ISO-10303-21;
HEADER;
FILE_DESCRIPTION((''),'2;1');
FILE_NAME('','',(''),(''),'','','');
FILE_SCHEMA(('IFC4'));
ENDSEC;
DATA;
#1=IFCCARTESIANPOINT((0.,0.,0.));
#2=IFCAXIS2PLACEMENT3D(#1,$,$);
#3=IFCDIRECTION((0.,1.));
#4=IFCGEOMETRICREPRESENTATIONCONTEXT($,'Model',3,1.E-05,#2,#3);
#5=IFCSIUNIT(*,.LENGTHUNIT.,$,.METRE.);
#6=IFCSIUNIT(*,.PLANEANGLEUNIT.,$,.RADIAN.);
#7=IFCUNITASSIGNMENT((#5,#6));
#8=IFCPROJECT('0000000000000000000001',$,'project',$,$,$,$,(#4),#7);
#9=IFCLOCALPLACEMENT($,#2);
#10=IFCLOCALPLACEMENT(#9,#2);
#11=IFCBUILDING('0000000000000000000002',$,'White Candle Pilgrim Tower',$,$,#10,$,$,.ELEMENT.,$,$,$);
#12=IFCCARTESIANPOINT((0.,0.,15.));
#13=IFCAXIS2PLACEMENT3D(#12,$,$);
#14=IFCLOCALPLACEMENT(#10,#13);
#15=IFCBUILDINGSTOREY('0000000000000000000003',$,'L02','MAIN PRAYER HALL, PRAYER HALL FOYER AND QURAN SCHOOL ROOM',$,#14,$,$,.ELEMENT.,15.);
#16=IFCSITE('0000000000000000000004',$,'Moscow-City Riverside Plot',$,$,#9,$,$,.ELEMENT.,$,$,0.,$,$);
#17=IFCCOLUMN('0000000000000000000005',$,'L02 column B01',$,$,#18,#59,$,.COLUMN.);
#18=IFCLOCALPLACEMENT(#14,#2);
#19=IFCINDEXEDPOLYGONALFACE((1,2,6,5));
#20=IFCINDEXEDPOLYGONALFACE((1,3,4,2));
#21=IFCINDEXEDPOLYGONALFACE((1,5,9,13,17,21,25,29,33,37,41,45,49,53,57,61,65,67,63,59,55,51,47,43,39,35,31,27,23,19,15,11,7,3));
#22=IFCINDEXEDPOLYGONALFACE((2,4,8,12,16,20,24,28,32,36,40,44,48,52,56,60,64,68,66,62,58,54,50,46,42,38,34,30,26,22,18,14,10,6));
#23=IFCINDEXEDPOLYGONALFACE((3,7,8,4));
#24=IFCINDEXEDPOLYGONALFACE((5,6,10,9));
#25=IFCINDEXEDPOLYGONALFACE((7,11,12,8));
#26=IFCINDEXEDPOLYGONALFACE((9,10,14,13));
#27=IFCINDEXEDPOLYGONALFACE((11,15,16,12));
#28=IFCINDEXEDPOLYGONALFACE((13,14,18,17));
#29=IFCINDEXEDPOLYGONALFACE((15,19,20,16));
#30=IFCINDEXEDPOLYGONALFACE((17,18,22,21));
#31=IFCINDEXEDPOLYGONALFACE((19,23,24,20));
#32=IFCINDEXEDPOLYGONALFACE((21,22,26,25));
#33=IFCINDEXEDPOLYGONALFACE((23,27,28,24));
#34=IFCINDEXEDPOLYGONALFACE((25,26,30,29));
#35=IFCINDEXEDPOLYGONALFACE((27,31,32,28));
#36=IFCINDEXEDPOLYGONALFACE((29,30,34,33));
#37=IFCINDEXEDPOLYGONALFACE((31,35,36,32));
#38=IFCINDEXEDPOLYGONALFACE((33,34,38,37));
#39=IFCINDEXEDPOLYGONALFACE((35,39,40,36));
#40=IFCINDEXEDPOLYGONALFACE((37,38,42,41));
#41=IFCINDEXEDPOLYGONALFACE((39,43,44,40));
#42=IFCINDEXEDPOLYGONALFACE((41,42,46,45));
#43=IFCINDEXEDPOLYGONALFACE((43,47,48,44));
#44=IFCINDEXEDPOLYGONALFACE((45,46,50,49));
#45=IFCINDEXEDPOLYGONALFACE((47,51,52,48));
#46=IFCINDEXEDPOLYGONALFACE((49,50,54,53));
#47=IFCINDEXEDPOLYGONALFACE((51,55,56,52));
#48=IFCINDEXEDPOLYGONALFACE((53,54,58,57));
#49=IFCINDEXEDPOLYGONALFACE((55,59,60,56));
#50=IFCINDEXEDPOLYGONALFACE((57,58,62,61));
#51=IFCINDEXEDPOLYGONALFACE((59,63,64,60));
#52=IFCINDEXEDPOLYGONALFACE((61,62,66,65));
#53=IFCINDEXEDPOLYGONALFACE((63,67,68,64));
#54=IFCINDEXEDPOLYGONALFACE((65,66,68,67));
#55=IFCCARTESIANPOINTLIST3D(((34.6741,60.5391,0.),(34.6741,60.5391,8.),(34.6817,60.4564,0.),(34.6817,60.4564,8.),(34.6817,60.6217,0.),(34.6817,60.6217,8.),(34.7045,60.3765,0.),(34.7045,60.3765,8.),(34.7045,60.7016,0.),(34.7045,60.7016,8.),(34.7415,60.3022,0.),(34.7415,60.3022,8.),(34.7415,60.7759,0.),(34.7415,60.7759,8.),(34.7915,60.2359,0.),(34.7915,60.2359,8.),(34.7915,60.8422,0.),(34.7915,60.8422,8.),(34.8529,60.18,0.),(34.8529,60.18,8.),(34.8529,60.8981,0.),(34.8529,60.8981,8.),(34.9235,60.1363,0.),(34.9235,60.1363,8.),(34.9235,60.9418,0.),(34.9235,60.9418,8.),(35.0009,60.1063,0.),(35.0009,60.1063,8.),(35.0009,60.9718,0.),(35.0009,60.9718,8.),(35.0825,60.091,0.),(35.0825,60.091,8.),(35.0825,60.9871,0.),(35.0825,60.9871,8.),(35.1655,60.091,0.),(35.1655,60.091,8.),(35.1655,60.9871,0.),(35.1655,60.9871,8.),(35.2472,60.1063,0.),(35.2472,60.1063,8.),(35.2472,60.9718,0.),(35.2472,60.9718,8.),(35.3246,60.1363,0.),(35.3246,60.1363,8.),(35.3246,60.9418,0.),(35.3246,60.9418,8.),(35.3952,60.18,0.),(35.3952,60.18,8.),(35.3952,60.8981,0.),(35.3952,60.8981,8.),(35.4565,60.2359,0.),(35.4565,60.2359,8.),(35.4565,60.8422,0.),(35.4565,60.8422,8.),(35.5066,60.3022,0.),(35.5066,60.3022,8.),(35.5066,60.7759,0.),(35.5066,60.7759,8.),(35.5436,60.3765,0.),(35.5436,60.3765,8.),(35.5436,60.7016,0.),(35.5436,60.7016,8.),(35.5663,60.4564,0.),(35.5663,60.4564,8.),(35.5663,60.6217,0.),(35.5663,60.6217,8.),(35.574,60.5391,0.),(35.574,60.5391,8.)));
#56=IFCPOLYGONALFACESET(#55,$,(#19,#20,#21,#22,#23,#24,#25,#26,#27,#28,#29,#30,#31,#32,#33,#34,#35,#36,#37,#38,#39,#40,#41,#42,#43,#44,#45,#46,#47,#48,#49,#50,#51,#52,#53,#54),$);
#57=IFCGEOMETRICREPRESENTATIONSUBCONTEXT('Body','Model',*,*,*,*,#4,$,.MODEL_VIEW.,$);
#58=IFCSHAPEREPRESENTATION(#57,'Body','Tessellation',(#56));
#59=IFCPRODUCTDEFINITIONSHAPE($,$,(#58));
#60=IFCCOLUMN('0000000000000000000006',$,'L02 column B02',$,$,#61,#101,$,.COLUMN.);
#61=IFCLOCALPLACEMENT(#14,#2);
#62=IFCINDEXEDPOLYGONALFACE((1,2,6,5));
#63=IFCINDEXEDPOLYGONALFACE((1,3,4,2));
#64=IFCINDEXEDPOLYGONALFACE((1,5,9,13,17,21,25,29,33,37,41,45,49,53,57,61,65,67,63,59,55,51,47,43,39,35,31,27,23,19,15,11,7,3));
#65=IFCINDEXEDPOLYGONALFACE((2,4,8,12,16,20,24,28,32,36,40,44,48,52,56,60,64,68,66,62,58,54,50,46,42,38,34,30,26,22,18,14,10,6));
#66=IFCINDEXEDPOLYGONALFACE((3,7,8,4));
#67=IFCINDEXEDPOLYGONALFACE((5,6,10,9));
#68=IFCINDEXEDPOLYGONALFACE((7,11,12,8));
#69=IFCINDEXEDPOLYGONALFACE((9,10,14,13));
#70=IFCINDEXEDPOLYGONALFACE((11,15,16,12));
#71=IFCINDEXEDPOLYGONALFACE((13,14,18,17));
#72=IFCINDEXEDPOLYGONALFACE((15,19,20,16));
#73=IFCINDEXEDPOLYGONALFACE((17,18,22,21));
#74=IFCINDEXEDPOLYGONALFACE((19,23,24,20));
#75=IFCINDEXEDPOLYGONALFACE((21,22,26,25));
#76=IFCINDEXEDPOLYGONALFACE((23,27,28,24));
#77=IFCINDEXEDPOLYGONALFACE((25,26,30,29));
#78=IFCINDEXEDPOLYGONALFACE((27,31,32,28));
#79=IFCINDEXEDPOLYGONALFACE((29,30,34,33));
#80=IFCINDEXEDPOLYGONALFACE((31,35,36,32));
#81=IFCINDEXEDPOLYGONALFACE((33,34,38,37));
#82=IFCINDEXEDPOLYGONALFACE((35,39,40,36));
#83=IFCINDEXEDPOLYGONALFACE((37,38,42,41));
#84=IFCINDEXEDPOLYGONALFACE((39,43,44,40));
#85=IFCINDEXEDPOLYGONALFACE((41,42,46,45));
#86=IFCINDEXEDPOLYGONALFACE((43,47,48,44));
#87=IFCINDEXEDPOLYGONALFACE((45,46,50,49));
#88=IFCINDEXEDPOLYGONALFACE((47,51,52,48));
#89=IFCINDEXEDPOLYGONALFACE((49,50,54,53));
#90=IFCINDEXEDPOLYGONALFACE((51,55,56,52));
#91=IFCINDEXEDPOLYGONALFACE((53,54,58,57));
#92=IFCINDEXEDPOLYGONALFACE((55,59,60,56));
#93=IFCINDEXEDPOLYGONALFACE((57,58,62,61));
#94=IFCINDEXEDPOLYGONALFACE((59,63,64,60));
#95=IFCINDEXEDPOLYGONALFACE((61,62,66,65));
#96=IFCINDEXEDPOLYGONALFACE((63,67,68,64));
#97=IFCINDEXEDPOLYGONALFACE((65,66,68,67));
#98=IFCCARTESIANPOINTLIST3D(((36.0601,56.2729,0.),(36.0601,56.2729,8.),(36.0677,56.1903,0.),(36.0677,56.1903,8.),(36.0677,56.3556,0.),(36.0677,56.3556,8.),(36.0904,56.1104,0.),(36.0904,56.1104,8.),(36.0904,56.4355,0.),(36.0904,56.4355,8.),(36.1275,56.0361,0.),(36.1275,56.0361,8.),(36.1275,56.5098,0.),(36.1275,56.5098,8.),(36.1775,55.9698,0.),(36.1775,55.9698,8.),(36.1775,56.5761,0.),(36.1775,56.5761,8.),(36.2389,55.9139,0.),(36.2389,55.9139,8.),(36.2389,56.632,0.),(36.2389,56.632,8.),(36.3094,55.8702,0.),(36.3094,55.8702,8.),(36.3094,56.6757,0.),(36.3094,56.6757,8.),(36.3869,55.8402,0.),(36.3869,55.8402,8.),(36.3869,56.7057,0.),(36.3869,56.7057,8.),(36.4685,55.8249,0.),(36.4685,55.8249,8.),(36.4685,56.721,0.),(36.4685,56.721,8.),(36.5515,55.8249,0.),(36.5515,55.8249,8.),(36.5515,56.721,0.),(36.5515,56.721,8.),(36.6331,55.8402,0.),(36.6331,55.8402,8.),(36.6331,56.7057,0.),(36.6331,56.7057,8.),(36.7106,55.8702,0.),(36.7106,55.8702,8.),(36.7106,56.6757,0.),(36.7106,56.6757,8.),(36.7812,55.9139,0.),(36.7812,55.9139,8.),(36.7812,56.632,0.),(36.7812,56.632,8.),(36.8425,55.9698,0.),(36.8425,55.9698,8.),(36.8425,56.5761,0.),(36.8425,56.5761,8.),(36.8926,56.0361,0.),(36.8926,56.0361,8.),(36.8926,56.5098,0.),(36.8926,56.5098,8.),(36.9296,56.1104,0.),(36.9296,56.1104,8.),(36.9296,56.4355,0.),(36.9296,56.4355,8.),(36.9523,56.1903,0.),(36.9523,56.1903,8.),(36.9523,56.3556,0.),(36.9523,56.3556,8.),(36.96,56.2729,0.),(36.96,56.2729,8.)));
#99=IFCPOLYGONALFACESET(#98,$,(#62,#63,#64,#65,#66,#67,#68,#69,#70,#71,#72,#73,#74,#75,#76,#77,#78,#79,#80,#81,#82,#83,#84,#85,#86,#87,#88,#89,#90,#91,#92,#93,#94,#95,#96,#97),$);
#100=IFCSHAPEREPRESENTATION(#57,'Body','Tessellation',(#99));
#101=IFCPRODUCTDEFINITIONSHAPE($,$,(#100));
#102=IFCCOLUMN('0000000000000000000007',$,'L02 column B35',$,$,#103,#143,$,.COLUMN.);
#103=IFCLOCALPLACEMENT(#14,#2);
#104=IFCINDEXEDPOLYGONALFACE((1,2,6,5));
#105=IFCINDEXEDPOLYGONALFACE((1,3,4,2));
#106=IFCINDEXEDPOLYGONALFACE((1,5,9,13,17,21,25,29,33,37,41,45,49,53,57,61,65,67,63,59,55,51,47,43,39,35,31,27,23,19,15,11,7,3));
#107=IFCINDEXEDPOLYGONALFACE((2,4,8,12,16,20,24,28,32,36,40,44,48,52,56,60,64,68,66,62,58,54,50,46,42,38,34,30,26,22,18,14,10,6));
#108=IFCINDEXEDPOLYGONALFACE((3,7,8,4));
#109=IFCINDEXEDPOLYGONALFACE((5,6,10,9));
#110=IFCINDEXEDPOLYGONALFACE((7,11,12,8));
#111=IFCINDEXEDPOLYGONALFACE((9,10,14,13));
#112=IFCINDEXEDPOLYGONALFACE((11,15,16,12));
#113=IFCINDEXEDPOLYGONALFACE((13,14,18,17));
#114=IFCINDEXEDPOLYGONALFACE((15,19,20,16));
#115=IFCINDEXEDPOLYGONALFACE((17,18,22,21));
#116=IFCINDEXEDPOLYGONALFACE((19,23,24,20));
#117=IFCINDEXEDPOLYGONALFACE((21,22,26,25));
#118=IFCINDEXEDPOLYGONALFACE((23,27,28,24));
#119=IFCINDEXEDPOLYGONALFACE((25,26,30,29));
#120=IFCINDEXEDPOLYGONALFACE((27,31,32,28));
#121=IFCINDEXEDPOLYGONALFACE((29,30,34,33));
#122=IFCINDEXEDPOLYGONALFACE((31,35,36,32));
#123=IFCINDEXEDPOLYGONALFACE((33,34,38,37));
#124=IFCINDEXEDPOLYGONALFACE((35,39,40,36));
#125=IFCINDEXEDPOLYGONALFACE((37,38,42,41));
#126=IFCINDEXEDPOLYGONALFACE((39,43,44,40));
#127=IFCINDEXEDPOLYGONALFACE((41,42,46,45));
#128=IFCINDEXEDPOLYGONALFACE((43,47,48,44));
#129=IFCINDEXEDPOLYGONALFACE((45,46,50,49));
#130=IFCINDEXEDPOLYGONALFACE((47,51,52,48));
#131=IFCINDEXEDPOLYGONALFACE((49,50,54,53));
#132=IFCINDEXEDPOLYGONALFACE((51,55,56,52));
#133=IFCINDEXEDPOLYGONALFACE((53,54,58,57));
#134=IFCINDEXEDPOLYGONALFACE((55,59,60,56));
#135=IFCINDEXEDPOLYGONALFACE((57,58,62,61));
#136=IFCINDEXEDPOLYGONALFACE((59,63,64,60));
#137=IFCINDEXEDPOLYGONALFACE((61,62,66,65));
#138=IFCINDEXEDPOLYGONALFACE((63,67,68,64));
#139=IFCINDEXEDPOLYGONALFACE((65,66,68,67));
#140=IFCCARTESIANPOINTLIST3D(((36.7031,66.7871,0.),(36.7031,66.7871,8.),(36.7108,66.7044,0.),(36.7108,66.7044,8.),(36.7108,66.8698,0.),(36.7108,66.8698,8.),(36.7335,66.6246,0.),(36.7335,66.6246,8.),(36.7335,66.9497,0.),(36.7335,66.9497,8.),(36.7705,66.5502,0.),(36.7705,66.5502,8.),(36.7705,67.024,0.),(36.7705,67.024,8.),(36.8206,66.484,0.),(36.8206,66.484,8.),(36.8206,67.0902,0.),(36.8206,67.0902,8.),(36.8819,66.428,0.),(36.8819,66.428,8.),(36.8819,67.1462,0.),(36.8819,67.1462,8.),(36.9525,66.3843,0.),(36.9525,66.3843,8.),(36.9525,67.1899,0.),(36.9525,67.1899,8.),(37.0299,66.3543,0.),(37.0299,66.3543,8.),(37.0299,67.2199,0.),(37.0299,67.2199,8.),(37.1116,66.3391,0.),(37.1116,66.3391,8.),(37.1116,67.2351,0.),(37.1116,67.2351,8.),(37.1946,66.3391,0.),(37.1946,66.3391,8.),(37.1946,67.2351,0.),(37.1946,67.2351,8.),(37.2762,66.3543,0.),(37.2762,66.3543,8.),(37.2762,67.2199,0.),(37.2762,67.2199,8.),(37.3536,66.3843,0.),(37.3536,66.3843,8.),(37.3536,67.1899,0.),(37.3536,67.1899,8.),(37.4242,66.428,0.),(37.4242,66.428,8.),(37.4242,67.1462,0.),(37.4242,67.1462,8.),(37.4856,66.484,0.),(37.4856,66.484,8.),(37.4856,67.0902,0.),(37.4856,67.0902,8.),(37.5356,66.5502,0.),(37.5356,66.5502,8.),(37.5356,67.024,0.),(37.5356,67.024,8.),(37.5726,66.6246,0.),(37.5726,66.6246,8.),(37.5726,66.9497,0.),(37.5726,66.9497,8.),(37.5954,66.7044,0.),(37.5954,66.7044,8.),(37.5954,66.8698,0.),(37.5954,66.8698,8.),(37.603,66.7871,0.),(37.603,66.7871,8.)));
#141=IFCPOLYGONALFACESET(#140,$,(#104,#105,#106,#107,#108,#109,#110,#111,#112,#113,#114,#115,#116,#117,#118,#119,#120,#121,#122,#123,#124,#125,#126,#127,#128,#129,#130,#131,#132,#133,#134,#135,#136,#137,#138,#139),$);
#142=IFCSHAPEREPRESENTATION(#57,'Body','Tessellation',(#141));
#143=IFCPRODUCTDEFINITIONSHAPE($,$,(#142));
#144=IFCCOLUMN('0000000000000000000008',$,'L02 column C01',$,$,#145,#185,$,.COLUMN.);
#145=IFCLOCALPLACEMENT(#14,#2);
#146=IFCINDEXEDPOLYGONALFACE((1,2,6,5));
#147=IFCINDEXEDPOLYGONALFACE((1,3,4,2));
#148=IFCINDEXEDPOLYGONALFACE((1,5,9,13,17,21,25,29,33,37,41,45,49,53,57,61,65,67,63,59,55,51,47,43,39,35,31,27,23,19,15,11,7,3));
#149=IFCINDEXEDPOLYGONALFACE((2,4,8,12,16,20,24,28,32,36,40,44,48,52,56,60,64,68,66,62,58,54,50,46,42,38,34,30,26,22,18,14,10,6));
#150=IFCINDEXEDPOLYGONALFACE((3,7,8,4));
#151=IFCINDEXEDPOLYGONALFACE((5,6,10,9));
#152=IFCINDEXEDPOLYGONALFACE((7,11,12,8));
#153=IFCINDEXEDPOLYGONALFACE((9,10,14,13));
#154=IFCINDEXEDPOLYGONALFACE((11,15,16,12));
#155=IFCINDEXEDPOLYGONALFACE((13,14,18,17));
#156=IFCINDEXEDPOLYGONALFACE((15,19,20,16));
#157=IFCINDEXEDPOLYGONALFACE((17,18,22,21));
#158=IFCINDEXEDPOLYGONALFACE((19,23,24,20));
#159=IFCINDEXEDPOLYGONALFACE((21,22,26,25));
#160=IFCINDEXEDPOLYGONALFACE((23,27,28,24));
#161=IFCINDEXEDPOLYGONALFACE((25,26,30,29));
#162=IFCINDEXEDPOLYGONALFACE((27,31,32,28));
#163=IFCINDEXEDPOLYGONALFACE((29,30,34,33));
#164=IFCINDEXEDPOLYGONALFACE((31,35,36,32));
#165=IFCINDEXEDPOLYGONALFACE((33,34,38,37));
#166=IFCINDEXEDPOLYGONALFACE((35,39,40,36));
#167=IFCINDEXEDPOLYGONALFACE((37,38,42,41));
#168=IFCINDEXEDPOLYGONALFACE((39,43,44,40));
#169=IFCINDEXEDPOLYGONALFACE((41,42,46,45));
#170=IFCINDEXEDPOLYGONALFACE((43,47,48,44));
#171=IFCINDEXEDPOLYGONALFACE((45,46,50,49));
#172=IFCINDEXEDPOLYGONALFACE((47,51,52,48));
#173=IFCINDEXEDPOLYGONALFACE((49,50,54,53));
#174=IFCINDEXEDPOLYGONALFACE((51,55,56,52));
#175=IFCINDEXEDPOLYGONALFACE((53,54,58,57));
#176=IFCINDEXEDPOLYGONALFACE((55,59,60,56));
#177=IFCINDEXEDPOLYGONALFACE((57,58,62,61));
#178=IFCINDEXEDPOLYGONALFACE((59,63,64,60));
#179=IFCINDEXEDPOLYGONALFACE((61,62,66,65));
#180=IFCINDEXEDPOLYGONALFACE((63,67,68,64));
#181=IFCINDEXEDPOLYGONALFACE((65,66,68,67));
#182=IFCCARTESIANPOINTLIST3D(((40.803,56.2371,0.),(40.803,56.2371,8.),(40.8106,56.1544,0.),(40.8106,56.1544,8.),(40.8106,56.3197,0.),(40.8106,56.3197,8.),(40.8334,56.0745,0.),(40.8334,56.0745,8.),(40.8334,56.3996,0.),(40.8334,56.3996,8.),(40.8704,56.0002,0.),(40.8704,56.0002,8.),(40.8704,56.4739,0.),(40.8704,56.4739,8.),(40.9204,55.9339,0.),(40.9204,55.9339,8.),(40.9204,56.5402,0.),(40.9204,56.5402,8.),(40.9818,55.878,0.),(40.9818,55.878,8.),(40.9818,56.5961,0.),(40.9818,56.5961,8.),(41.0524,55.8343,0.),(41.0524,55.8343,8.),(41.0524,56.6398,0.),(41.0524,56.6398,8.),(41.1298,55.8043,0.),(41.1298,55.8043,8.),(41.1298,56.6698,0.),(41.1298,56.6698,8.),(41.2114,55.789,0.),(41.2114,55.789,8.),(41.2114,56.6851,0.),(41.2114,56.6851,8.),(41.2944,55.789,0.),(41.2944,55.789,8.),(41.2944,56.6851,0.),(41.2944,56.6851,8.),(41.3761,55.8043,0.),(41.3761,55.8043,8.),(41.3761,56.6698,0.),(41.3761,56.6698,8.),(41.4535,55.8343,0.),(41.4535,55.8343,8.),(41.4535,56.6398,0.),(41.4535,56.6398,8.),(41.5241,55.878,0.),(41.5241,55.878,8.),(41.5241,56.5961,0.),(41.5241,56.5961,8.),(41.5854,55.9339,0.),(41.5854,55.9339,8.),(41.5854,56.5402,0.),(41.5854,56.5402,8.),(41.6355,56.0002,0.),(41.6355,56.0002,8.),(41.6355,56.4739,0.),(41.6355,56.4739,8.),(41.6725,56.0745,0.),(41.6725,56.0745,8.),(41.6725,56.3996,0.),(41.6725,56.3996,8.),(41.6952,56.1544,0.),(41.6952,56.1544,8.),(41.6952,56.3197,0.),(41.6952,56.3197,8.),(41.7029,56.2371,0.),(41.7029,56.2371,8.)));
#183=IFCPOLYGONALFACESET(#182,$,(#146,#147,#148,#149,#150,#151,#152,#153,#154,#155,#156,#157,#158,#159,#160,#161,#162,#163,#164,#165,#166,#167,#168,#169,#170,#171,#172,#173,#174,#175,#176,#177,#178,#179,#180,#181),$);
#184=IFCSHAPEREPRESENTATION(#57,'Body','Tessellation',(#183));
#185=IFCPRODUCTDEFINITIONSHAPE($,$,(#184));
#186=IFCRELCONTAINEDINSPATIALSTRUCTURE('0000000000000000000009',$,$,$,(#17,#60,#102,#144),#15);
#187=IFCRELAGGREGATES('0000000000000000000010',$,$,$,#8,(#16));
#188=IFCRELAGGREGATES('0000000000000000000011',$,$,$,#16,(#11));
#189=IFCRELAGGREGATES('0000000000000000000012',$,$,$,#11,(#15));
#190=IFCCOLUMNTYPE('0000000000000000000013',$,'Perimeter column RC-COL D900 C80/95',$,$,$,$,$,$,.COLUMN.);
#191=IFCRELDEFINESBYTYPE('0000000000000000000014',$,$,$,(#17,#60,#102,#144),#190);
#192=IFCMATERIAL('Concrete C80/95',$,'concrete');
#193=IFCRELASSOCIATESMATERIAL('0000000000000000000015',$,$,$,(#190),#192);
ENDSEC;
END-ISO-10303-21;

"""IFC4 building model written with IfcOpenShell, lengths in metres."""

from ifc_helpers import new_model, si_unit, direction, frame, origin, origin_2d, place, context, subcontext, project, spatial, circle, extrude, material, material_profile, profile_set, type_object, element, save


model = new_model("IFC4")

# Units and contexts
model_context = context("Model", 3, precision=1e-05, world=origin(), true_north=direction((0.0, 1.0)))
body_context = subcontext(model_context, "Body", "Model", "MODEL_VIEW")
ifc_project = project(units=[si_unit("LENGTHUNIT", "METRE"), si_unit("PLANEANGLEUNIT", "RADIAN")], contexts=[model_context])

# Site, building, storey
site_placement = place(None, origin())
site = spatial("IfcSite", under=ifc_project, at=site_placement, Name="Moscow-City Riverside Plot", CompositionType="ELEMENT", RefElevation=0.0)
building_placement = place(site_placement, origin())
building = spatial("IfcBuilding", under=site, at=building_placement, Name="White Candle Pilgrim Tower", CompositionType="ELEMENT")
storey_placement = place(building_placement, frame((0.0, 0.0, 15.0)))
storey = spatial("IfcBuildingStorey", under=building, at=storey_placement, Name="L02", Description="MAIN PRAYER HALL, PRAYER HALL FOYER AND QURAN SCHOOL ROOM", CompositionType="ELEMENT", Elevation=15.0)

# Columns
ifc_material_1 = material(Name="Concrete C80/95", Category="concrete")
ifc_material_profile_1 = material_profile(ifc_material_1, circle(Radius=0.45, at=origin_2d()), Name="RC-COL D900")
ifc_profile_set_1 = profile_set([ifc_material_profile_1], Name="Concrete C80/95")
column_type = type_object("IfcColumnType", Name="Perimeter column RC-COL D900 C80/95", PredefinedType="COLUMN", material=ifc_profile_set_1)
for number, where, z_axis, x_axis, name in (
    (1, (35.124, 60.5391, 0.0), (0.0, 0.0, 1.0), (1.0, 0.0, 0.0), "L02 column B01"),
    (2, (36.51, 56.2729, 0.0), (0.0, 0.0, 1.0), (1.0, 0.0, 0.0), "L02 column B02"),
    (3, (37.1531, 66.7871, 0.0), (0.0, 0.0, 1.0), (1.0, 0.0, 0.0), "L02 column B35"),
    (4, (41.2529, 56.2371, 0.0), (0.0, 0.0, 1.0), (1.0, 0.0, 0.0), "L02 column C01"),
):
    element("IfcColumn", number, at=place(storey_placement, frame(where, z_axis=z_axis, x_axis=x_axis)), inside=storey, type_object=column_type, Name=name, PredefinedType="COLUMN", context=body_context, shape_type="SweptSolid", body=[
        extrude(circle(Radius=0.45, at=origin_2d()), origin(), (0.0, 0.0, 1.0), 8.0),
    ])

save(model, "model.ifc")
